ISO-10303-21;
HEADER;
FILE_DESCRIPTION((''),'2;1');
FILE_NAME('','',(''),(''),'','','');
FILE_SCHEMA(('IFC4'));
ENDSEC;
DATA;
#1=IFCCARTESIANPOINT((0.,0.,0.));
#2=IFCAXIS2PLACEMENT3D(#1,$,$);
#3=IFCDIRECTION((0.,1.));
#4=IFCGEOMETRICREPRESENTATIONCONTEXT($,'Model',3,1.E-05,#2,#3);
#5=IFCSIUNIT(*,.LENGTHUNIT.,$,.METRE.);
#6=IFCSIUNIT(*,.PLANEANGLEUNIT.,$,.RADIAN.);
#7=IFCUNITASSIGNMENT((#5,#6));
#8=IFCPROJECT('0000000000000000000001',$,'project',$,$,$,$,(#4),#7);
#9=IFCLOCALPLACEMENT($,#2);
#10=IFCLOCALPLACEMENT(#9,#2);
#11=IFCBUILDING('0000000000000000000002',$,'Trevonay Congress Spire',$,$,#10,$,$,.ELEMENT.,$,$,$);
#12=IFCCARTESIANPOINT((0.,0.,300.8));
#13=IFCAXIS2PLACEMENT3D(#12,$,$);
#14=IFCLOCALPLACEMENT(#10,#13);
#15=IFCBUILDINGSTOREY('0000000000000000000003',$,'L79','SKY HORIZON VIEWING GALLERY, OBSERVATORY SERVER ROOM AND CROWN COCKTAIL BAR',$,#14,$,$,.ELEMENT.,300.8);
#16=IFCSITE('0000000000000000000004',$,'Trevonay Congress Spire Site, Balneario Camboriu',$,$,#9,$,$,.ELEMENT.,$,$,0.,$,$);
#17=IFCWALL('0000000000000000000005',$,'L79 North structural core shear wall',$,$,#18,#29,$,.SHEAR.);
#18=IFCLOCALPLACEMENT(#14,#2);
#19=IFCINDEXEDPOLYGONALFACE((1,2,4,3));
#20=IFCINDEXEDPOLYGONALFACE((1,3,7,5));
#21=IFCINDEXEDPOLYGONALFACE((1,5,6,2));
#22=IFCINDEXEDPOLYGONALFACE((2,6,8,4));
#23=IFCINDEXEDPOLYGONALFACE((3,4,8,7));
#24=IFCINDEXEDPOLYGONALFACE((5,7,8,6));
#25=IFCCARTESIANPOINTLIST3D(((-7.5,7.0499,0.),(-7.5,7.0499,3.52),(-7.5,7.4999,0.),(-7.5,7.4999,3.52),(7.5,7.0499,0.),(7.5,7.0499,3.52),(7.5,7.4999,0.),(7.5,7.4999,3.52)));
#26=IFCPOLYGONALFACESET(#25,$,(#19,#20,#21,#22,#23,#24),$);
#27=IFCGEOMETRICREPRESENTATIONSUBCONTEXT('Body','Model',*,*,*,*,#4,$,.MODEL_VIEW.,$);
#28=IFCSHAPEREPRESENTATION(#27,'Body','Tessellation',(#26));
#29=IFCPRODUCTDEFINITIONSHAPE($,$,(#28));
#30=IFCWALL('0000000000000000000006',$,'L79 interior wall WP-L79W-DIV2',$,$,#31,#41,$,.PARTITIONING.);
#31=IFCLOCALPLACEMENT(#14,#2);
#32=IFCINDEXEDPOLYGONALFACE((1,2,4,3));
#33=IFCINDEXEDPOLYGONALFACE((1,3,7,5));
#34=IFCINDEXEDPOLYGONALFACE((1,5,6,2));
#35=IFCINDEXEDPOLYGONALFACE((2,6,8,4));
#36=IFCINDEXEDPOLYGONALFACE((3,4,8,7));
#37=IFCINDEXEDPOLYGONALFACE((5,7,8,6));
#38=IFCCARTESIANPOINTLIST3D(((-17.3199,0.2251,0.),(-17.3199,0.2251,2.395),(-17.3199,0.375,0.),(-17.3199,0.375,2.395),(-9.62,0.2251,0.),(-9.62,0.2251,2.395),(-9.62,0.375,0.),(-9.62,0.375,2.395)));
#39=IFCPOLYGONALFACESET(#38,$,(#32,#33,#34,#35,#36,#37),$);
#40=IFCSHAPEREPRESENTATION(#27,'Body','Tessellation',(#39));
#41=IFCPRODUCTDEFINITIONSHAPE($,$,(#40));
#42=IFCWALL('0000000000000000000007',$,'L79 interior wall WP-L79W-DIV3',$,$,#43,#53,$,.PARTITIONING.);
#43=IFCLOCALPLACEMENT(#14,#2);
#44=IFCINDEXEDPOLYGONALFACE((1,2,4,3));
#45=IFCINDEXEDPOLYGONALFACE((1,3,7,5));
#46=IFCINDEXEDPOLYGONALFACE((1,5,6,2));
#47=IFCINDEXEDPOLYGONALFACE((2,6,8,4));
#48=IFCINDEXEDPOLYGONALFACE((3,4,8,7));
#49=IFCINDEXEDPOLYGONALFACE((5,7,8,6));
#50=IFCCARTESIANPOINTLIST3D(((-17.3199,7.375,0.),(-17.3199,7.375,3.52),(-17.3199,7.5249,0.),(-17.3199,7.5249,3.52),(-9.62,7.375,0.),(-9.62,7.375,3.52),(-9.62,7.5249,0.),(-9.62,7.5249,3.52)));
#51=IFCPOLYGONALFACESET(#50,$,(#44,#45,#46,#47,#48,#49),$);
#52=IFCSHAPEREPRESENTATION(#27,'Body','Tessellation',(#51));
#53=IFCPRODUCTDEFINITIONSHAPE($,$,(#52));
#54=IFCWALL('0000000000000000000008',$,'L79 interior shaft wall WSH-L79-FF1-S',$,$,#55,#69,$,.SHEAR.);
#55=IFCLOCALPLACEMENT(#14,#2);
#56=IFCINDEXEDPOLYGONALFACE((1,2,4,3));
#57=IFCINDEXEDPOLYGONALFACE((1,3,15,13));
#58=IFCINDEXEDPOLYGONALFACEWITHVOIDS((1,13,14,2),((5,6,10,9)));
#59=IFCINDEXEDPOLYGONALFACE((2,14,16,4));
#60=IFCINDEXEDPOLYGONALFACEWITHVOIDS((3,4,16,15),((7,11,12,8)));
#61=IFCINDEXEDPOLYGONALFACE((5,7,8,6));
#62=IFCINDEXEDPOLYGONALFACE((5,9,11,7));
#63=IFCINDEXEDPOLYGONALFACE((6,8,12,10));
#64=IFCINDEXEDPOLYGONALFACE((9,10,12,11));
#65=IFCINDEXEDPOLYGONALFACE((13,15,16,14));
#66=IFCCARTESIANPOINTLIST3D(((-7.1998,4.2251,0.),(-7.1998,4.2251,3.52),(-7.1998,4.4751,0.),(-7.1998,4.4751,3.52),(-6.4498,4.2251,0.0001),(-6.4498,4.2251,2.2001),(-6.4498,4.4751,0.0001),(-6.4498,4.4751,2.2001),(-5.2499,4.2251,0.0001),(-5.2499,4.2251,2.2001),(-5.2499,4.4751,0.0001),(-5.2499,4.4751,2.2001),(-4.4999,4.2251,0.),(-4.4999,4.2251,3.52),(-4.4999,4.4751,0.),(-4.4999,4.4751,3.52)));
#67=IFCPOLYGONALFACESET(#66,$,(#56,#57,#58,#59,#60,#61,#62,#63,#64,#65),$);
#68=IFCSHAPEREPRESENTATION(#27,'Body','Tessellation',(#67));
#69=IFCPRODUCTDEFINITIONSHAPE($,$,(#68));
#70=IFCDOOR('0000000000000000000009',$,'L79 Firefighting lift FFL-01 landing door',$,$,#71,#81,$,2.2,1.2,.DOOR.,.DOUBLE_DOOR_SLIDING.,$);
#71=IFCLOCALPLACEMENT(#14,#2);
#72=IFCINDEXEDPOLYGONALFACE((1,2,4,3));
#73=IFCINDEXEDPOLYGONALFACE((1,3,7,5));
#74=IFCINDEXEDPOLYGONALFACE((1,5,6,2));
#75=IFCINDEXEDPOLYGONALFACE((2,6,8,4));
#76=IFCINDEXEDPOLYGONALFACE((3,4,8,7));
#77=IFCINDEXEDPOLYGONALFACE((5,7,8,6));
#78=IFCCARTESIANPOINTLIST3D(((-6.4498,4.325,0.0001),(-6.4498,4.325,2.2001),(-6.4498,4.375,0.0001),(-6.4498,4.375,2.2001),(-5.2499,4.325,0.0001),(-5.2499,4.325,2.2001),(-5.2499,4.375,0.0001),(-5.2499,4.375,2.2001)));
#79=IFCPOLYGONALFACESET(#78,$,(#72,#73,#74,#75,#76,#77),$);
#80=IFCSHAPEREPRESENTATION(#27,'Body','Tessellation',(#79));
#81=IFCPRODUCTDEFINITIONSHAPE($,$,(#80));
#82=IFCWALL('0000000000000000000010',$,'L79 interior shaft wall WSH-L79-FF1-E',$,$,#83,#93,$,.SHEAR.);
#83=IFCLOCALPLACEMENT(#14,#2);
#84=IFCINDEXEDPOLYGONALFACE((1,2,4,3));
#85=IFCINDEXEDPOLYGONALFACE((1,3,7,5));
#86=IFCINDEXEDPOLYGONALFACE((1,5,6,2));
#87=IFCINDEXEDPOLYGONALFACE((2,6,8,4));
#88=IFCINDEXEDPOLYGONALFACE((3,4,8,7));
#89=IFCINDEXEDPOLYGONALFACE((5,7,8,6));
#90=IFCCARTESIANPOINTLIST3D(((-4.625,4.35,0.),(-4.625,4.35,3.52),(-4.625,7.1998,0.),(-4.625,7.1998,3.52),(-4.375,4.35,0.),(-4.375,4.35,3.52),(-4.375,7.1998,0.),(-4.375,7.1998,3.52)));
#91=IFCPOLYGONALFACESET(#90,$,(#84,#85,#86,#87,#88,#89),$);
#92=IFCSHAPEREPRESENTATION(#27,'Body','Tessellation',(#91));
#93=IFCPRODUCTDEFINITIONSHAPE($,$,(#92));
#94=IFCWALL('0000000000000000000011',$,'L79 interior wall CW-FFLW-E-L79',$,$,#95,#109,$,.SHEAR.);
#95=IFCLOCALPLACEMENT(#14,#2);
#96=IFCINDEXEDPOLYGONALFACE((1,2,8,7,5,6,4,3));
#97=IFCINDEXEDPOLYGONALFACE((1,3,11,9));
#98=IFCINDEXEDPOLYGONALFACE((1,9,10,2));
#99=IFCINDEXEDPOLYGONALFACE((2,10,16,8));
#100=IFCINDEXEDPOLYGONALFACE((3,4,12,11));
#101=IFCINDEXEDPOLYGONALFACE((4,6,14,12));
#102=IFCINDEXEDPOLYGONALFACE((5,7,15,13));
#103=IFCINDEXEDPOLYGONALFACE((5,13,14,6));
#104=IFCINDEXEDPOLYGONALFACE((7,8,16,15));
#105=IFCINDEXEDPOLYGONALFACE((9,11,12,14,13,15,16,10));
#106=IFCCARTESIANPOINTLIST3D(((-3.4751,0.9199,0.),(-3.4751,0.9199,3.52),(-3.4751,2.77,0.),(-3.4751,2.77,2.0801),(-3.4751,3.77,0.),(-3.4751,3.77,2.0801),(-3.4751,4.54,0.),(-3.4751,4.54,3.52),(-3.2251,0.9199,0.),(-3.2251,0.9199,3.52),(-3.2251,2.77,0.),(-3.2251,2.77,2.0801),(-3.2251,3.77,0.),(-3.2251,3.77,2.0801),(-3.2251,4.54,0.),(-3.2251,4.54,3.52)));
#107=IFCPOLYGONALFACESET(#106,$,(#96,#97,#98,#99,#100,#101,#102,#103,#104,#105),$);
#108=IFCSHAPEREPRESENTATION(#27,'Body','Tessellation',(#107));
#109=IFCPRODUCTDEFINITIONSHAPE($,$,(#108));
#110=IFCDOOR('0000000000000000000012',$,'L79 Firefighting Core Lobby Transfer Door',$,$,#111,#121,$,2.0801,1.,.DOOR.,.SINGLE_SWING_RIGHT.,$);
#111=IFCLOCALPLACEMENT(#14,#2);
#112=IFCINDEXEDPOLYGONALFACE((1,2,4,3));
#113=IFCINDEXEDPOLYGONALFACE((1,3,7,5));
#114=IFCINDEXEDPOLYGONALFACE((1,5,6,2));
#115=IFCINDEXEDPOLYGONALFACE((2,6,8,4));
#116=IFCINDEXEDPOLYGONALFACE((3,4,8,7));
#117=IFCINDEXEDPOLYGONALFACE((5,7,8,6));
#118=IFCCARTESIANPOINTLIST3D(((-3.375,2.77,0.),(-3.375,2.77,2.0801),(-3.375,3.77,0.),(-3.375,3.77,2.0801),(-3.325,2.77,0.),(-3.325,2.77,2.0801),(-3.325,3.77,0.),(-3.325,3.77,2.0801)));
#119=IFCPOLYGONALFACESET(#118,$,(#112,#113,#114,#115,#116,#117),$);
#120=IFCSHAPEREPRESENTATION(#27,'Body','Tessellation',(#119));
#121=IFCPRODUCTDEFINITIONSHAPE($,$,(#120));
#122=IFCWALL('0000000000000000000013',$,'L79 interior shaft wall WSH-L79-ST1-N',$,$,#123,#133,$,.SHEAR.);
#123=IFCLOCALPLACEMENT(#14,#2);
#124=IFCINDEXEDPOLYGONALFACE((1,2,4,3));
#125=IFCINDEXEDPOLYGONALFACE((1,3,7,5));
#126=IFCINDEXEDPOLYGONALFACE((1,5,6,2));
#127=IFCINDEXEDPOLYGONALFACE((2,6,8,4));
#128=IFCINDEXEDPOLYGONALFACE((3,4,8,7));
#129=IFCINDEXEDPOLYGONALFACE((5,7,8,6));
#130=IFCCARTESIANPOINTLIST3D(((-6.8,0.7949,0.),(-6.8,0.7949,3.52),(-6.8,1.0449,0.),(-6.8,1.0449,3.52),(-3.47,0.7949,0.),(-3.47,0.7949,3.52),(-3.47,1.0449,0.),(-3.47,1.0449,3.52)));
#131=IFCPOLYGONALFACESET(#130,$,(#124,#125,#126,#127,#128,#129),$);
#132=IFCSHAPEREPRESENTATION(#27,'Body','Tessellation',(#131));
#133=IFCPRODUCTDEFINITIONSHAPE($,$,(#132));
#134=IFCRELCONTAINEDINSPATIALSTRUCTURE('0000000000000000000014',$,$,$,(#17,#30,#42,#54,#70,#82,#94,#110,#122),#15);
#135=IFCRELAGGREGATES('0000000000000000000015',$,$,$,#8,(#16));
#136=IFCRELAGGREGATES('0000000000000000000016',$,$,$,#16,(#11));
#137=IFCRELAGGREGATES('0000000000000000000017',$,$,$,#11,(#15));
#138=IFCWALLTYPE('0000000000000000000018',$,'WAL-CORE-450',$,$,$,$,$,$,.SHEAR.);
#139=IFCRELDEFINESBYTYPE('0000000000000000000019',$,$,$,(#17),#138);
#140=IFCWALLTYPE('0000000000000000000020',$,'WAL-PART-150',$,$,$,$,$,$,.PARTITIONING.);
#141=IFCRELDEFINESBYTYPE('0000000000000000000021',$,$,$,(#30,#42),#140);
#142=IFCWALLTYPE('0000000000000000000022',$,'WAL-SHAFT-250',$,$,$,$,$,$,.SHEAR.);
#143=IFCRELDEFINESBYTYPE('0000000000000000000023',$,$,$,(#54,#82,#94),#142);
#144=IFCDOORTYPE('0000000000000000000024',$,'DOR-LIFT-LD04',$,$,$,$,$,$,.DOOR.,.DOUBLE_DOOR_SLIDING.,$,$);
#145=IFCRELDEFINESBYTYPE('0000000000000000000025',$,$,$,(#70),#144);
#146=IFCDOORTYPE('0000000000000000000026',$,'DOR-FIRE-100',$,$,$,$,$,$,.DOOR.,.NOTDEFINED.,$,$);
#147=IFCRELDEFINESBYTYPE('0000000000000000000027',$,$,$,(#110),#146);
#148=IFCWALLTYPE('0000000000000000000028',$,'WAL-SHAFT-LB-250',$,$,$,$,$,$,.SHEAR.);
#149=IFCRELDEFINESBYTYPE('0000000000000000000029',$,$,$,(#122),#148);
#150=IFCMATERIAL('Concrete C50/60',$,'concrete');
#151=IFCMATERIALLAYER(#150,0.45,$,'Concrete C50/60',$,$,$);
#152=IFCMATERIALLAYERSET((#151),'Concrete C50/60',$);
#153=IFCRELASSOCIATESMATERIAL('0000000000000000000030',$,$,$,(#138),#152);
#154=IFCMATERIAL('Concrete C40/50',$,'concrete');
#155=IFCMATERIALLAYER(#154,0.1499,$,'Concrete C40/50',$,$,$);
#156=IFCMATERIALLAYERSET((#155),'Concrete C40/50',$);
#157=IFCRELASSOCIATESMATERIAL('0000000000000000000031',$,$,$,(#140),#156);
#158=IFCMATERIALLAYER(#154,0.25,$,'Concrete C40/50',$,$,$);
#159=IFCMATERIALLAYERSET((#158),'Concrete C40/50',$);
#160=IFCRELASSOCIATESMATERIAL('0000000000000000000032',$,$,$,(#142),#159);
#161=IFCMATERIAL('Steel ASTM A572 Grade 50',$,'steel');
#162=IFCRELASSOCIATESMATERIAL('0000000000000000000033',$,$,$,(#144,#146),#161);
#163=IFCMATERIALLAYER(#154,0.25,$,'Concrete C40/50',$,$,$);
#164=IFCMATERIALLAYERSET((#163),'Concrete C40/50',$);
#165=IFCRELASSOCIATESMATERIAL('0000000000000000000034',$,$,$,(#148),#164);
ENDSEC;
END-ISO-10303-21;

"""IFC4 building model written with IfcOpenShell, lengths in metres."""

from ifc_helpers import new_model, si_unit, direction, frame, frame_2d, origin, place, context, subcontext, project, spatial, rectangle, extrude, material, layer, layer_set, type_object, element, fill, save


model = new_model("IFC4")

# Units and contexts
model_context = context("Model", 3, precision=1e-05, world=origin(), true_north=direction((0.0, 1.0)))
body_context = subcontext(model_context, "Body", "Model", "MODEL_VIEW")
ifc_project = project(units=[si_unit("LENGTHUNIT", "METRE"), si_unit("PLANEANGLEUNIT", "RADIAN")], contexts=[model_context])

# Site, building, storey
site_placement = place(None, origin())
site = spatial("IfcSite", under=ifc_project, at=site_placement, Name="Trevonay Congress Spire Site, Balneario Camboriu", CompositionType="ELEMENT", RefElevation=0.0)
building_placement = place(site_placement, origin())
building = spatial("IfcBuilding", under=site, at=building_placement, Name="Trevonay Congress Spire", CompositionType="ELEMENT")
storey_placement = place(building_placement, frame((0.0, 0.0, 300.8)))
storey = spatial("IfcBuildingStorey", under=building, at=storey_placement, Name="L79", Description="SKY HORIZON VIEWING GALLERY, OBSERVATORY SERVER ROOM AND CROWN COCKTAIL BAR", CompositionType="ELEMENT", Elevation=300.8)

# Shared definitions
ifc_material_1 = material(Name="Steel ASTM A572 Grade 50", Category="steel")

# Walls
ifc_material_2 = material(Name="Concrete C50/60", Category="concrete")
ifc_layer_1 = layer(ifc_material_2, 0.45, Name="Concrete C50/60")
ifc_layer_set_1 = layer_set([ifc_layer_1], Name="Concrete C50/60")
wall_type_1 = type_object("IfcWallType", Name="WAL-CORE-450", PredefinedType="SHEAR", material=ifc_layer_set_1)
wall_1_placement = place(storey_placement, frame((-7.5, 7.2749, 0.0), z_axis=(0.0, 0.0, 1.0), x_axis=(1.0, 0.0, 0.0)))
element("IfcWall", 1, at=wall_1_placement, inside=storey, type_object=wall_type_1, Name="L79 North structural core shear wall", PredefinedType="SHEAR", context=body_context, shape_type="SweptSolid", body=[
    extrude(rectangle(XDim=15.0, YDim=0.45, at=frame_2d((7.5, 0.0))), origin(), (0.0, 0.0, 1.0), 3.52),
])
ifc_material_3 = material(Name="Concrete C40/50", Category="concrete")
ifc_layer_2 = layer(ifc_material_3, 0.1499, Name="Concrete C40/50")
ifc_layer_set_2 = layer_set([ifc_layer_2], Name="Concrete C40/50")
wall_type_2 = type_object("IfcWallType", Name="WAL-PART-150", PredefinedType="PARTITIONING", material=ifc_layer_set_2)
wall_2_placement = place(storey_placement, frame((-17.3201, 0.3, 0.0), z_axis=(0.0, 0.0, 1.0), x_axis=(1.0, 0.0, 0.0)))
element("IfcWall", 2, at=wall_2_placement, inside=storey, type_object=wall_type_2, Name="L79 interior wall WP-L79W-DIV2", PredefinedType="PARTITIONING", context=body_context, shape_type="SweptSolid", body=[
    extrude(rectangle(XDim=7.7, YDim=0.1499, at=frame_2d((3.8501, 0.0))), origin(), (0.0, 0.0, 1.0), 2.395),
])
wall_3_placement = place(storey_placement, frame((-17.3201, 7.45, 0.0), z_axis=(0.0, 0.0, 1.0), x_axis=(1.0, 0.0, 0.0)))
element("IfcWall", 3, at=wall_3_placement, inside=storey, type_object=wall_type_2, Name="L79 interior wall WP-L79W-DIV3", PredefinedType="PARTITIONING", context=body_context, shape_type="SweptSolid", body=[
    extrude(rectangle(XDim=7.7, YDim=0.1499, at=frame_2d((3.8501, 0.0))), origin(), (0.0, 0.0, 1.0), 3.52),
])

# Wall, opening, door
ifc_layer_3 = layer(ifc_material_3, 0.25, Name="Concrete C40/50")
ifc_layer_set_3 = layer_set([ifc_layer_3], Name="Concrete C40/50")
wall_type_3 = type_object("IfcWallType", Name="WAL-SHAFT-250", PredefinedType="SHEAR", material=ifc_layer_set_3)
wall_4_placement = place(storey_placement, frame((-7.2, 4.3501, 0.0), z_axis=(0.0, 0.0, 1.0), x_axis=(1.0, 0.0, 0.0)))
wall_4 = element("IfcWall", 4, at=wall_4_placement, inside=storey, type_object=wall_type_3, Name="L79 interior shaft wall WSH-L79-FF1-S", PredefinedType="SHEAR", context=body_context, shape_type="SweptSolid", body=[
    extrude(rectangle(XDim=2.7, YDim=0.25, at=frame_2d((1.3501, 0.0))), origin(), (0.0, 0.0, 1.0), 3.52),
])
opening_1_placement = place(wall_4_placement, frame((0.75, 0.0, 0.0)))
opening_1 = element("IfcOpeningElement", 5, at=opening_1_placement, cuts=wall_4, PredefinedType="OPENING", context=body_context, shape_type="SweptSolid", body=[
    extrude(rectangle(XDim=1.2, YDim=2.2, at=frame_2d((0.6001, 1.1001))), frame((0.0, 0.135, 0.0), z_axis=(0.0, -1.0, 0.0), x_axis=(1.0, 0.0, 0.0)), (0.0, 0.0, 1.0), 0.27),
])
door_type_1 = type_object("IfcDoorType", Name="DOR-LIFT-LD04", OperationType="DOUBLE_DOOR_SLIDING", PredefinedType="DOOR", material=ifc_material_1)
door_1_placement = place(opening_1_placement, origin())
door_1 = element("IfcDoor", 6, at=door_1_placement, inside=storey, type_object=door_type_1, Name="L79 Firefighting lift FFL-01 landing door", OperationType="DOUBLE_DOOR_SLIDING", OverallHeight=2.2, OverallWidth=1.2, PredefinedType="DOOR", context=body_context, shape_type="SweptSolid", body=[
    extrude(rectangle(XDim=1.2, YDim=2.2, at=frame_2d((0.6001, 1.1001))), frame((0.0, 0.0249, 0.0), z_axis=(0.0, -1.0, 0.0), x_axis=(1.0, 0.0, 0.0)), (0.0, 0.0, 1.0), 0.05),
])
fill(opening_1, door_1)

# Wall
wall_5_placement = place(storey_placement, frame((-4.5, 4.3501, 0.0), z_axis=(0.0, 0.0, 1.0), x_axis=(0.0, 1.0, 0.0)))
element("IfcWall", 7, at=wall_5_placement, inside=storey, type_object=wall_type_3, Name="L79 interior shaft wall WSH-L79-FF1-E", PredefinedType="SHEAR", context=body_context, shape_type="SweptSolid", body=[
    extrude(rectangle(XDim=2.8499, YDim=0.25, at=frame_2d((1.4248, 0.0))), origin(), (0.0, 0.0, 1.0), 3.52),
])

# Wall, opening, door
wall_6_placement = place(storey_placement, frame((-3.3501, 0.9199, 0.0), z_axis=(0.0, 0.0, 1.0), x_axis=(0.0, 1.0, 0.0)))
wall_6 = element("IfcWall", 8, at=wall_6_placement, inside=storey, type_object=wall_type_3, Name="L79 interior wall CW-FFLW-E-L79", PredefinedType="SHEAR", context=body_context, shape_type="SweptSolid", body=[
    extrude(rectangle(XDim=3.6201, YDim=0.25, at=frame_2d((1.8101, 0.0))), origin(), (0.0, 0.0, 1.0), 3.52),
])
opening_2_placement = place(wall_6_placement, frame((1.8501, 0.0, 0.0)))
opening_2 = element("IfcOpeningElement", 9, at=opening_2_placement, cuts=wall_6, PredefinedType="OPENING", context=body_context, shape_type="SweptSolid", body=[
    extrude(rectangle(XDim=1.0, YDim=2.0801, at=frame_2d((0.5, 1.04))), frame((0.0, 0.135, 0.0), z_axis=(0.0, -1.0, 0.0), x_axis=(1.0, 0.0, 0.0)), (0.0, 0.0, 1.0), 0.27),
])
door_type_2 = type_object("IfcDoorType", Name="DOR-FIRE-100", OperationType="NOTDEFINED", PredefinedType="DOOR", material=ifc_material_1)
door_2_placement = place(opening_2_placement, origin())
door_2 = element("IfcDoor", 10, at=door_2_placement, inside=storey, type_object=door_type_2, Name="L79 Firefighting Core Lobby Transfer Door", OperationType="SINGLE_SWING_RIGHT", OverallHeight=2.0801, OverallWidth=1.0, PredefinedType="DOOR", context=body_context, shape_type="SweptSolid", body=[
    extrude(rectangle(XDim=1.0, YDim=2.0801, at=frame_2d((0.5, 1.04))), frame((0.0, 0.0249, 0.0), z_axis=(0.0, -1.0, 0.0), x_axis=(1.0, 0.0, 0.0)), (0.0, 0.0, 1.0), 0.05),
])
fill(opening_2, door_2)

# Wall
ifc_layer_4 = layer(ifc_material_3, 0.25, Name="Concrete C40/50")
ifc_layer_set_4 = layer_set([ifc_layer_4], Name="Concrete C40/50")
wall_type_4 = type_object("IfcWallType", Name="WAL-SHAFT-LB-250", PredefinedType="SHEAR", material=ifc_layer_set_4)
wall_7_placement = place(storey_placement, frame((-6.8, 0.9199, 0.0), z_axis=(0.0, 0.0, 1.0), x_axis=(1.0, 0.0, 0.0)))
element("IfcWall", 11, at=wall_7_placement, inside=storey, type_object=wall_type_4, Name="L79 interior shaft wall WSH-L79-ST1-N", PredefinedType="SHEAR", context=body_context, shape_type="SweptSolid", body=[
    extrude(rectangle(XDim=3.3301, YDim=0.25, at=frame_2d((1.665, 0.0))), origin(), (0.0, 0.0, 1.0), 3.52),
])

save(model, "model.ifc")
